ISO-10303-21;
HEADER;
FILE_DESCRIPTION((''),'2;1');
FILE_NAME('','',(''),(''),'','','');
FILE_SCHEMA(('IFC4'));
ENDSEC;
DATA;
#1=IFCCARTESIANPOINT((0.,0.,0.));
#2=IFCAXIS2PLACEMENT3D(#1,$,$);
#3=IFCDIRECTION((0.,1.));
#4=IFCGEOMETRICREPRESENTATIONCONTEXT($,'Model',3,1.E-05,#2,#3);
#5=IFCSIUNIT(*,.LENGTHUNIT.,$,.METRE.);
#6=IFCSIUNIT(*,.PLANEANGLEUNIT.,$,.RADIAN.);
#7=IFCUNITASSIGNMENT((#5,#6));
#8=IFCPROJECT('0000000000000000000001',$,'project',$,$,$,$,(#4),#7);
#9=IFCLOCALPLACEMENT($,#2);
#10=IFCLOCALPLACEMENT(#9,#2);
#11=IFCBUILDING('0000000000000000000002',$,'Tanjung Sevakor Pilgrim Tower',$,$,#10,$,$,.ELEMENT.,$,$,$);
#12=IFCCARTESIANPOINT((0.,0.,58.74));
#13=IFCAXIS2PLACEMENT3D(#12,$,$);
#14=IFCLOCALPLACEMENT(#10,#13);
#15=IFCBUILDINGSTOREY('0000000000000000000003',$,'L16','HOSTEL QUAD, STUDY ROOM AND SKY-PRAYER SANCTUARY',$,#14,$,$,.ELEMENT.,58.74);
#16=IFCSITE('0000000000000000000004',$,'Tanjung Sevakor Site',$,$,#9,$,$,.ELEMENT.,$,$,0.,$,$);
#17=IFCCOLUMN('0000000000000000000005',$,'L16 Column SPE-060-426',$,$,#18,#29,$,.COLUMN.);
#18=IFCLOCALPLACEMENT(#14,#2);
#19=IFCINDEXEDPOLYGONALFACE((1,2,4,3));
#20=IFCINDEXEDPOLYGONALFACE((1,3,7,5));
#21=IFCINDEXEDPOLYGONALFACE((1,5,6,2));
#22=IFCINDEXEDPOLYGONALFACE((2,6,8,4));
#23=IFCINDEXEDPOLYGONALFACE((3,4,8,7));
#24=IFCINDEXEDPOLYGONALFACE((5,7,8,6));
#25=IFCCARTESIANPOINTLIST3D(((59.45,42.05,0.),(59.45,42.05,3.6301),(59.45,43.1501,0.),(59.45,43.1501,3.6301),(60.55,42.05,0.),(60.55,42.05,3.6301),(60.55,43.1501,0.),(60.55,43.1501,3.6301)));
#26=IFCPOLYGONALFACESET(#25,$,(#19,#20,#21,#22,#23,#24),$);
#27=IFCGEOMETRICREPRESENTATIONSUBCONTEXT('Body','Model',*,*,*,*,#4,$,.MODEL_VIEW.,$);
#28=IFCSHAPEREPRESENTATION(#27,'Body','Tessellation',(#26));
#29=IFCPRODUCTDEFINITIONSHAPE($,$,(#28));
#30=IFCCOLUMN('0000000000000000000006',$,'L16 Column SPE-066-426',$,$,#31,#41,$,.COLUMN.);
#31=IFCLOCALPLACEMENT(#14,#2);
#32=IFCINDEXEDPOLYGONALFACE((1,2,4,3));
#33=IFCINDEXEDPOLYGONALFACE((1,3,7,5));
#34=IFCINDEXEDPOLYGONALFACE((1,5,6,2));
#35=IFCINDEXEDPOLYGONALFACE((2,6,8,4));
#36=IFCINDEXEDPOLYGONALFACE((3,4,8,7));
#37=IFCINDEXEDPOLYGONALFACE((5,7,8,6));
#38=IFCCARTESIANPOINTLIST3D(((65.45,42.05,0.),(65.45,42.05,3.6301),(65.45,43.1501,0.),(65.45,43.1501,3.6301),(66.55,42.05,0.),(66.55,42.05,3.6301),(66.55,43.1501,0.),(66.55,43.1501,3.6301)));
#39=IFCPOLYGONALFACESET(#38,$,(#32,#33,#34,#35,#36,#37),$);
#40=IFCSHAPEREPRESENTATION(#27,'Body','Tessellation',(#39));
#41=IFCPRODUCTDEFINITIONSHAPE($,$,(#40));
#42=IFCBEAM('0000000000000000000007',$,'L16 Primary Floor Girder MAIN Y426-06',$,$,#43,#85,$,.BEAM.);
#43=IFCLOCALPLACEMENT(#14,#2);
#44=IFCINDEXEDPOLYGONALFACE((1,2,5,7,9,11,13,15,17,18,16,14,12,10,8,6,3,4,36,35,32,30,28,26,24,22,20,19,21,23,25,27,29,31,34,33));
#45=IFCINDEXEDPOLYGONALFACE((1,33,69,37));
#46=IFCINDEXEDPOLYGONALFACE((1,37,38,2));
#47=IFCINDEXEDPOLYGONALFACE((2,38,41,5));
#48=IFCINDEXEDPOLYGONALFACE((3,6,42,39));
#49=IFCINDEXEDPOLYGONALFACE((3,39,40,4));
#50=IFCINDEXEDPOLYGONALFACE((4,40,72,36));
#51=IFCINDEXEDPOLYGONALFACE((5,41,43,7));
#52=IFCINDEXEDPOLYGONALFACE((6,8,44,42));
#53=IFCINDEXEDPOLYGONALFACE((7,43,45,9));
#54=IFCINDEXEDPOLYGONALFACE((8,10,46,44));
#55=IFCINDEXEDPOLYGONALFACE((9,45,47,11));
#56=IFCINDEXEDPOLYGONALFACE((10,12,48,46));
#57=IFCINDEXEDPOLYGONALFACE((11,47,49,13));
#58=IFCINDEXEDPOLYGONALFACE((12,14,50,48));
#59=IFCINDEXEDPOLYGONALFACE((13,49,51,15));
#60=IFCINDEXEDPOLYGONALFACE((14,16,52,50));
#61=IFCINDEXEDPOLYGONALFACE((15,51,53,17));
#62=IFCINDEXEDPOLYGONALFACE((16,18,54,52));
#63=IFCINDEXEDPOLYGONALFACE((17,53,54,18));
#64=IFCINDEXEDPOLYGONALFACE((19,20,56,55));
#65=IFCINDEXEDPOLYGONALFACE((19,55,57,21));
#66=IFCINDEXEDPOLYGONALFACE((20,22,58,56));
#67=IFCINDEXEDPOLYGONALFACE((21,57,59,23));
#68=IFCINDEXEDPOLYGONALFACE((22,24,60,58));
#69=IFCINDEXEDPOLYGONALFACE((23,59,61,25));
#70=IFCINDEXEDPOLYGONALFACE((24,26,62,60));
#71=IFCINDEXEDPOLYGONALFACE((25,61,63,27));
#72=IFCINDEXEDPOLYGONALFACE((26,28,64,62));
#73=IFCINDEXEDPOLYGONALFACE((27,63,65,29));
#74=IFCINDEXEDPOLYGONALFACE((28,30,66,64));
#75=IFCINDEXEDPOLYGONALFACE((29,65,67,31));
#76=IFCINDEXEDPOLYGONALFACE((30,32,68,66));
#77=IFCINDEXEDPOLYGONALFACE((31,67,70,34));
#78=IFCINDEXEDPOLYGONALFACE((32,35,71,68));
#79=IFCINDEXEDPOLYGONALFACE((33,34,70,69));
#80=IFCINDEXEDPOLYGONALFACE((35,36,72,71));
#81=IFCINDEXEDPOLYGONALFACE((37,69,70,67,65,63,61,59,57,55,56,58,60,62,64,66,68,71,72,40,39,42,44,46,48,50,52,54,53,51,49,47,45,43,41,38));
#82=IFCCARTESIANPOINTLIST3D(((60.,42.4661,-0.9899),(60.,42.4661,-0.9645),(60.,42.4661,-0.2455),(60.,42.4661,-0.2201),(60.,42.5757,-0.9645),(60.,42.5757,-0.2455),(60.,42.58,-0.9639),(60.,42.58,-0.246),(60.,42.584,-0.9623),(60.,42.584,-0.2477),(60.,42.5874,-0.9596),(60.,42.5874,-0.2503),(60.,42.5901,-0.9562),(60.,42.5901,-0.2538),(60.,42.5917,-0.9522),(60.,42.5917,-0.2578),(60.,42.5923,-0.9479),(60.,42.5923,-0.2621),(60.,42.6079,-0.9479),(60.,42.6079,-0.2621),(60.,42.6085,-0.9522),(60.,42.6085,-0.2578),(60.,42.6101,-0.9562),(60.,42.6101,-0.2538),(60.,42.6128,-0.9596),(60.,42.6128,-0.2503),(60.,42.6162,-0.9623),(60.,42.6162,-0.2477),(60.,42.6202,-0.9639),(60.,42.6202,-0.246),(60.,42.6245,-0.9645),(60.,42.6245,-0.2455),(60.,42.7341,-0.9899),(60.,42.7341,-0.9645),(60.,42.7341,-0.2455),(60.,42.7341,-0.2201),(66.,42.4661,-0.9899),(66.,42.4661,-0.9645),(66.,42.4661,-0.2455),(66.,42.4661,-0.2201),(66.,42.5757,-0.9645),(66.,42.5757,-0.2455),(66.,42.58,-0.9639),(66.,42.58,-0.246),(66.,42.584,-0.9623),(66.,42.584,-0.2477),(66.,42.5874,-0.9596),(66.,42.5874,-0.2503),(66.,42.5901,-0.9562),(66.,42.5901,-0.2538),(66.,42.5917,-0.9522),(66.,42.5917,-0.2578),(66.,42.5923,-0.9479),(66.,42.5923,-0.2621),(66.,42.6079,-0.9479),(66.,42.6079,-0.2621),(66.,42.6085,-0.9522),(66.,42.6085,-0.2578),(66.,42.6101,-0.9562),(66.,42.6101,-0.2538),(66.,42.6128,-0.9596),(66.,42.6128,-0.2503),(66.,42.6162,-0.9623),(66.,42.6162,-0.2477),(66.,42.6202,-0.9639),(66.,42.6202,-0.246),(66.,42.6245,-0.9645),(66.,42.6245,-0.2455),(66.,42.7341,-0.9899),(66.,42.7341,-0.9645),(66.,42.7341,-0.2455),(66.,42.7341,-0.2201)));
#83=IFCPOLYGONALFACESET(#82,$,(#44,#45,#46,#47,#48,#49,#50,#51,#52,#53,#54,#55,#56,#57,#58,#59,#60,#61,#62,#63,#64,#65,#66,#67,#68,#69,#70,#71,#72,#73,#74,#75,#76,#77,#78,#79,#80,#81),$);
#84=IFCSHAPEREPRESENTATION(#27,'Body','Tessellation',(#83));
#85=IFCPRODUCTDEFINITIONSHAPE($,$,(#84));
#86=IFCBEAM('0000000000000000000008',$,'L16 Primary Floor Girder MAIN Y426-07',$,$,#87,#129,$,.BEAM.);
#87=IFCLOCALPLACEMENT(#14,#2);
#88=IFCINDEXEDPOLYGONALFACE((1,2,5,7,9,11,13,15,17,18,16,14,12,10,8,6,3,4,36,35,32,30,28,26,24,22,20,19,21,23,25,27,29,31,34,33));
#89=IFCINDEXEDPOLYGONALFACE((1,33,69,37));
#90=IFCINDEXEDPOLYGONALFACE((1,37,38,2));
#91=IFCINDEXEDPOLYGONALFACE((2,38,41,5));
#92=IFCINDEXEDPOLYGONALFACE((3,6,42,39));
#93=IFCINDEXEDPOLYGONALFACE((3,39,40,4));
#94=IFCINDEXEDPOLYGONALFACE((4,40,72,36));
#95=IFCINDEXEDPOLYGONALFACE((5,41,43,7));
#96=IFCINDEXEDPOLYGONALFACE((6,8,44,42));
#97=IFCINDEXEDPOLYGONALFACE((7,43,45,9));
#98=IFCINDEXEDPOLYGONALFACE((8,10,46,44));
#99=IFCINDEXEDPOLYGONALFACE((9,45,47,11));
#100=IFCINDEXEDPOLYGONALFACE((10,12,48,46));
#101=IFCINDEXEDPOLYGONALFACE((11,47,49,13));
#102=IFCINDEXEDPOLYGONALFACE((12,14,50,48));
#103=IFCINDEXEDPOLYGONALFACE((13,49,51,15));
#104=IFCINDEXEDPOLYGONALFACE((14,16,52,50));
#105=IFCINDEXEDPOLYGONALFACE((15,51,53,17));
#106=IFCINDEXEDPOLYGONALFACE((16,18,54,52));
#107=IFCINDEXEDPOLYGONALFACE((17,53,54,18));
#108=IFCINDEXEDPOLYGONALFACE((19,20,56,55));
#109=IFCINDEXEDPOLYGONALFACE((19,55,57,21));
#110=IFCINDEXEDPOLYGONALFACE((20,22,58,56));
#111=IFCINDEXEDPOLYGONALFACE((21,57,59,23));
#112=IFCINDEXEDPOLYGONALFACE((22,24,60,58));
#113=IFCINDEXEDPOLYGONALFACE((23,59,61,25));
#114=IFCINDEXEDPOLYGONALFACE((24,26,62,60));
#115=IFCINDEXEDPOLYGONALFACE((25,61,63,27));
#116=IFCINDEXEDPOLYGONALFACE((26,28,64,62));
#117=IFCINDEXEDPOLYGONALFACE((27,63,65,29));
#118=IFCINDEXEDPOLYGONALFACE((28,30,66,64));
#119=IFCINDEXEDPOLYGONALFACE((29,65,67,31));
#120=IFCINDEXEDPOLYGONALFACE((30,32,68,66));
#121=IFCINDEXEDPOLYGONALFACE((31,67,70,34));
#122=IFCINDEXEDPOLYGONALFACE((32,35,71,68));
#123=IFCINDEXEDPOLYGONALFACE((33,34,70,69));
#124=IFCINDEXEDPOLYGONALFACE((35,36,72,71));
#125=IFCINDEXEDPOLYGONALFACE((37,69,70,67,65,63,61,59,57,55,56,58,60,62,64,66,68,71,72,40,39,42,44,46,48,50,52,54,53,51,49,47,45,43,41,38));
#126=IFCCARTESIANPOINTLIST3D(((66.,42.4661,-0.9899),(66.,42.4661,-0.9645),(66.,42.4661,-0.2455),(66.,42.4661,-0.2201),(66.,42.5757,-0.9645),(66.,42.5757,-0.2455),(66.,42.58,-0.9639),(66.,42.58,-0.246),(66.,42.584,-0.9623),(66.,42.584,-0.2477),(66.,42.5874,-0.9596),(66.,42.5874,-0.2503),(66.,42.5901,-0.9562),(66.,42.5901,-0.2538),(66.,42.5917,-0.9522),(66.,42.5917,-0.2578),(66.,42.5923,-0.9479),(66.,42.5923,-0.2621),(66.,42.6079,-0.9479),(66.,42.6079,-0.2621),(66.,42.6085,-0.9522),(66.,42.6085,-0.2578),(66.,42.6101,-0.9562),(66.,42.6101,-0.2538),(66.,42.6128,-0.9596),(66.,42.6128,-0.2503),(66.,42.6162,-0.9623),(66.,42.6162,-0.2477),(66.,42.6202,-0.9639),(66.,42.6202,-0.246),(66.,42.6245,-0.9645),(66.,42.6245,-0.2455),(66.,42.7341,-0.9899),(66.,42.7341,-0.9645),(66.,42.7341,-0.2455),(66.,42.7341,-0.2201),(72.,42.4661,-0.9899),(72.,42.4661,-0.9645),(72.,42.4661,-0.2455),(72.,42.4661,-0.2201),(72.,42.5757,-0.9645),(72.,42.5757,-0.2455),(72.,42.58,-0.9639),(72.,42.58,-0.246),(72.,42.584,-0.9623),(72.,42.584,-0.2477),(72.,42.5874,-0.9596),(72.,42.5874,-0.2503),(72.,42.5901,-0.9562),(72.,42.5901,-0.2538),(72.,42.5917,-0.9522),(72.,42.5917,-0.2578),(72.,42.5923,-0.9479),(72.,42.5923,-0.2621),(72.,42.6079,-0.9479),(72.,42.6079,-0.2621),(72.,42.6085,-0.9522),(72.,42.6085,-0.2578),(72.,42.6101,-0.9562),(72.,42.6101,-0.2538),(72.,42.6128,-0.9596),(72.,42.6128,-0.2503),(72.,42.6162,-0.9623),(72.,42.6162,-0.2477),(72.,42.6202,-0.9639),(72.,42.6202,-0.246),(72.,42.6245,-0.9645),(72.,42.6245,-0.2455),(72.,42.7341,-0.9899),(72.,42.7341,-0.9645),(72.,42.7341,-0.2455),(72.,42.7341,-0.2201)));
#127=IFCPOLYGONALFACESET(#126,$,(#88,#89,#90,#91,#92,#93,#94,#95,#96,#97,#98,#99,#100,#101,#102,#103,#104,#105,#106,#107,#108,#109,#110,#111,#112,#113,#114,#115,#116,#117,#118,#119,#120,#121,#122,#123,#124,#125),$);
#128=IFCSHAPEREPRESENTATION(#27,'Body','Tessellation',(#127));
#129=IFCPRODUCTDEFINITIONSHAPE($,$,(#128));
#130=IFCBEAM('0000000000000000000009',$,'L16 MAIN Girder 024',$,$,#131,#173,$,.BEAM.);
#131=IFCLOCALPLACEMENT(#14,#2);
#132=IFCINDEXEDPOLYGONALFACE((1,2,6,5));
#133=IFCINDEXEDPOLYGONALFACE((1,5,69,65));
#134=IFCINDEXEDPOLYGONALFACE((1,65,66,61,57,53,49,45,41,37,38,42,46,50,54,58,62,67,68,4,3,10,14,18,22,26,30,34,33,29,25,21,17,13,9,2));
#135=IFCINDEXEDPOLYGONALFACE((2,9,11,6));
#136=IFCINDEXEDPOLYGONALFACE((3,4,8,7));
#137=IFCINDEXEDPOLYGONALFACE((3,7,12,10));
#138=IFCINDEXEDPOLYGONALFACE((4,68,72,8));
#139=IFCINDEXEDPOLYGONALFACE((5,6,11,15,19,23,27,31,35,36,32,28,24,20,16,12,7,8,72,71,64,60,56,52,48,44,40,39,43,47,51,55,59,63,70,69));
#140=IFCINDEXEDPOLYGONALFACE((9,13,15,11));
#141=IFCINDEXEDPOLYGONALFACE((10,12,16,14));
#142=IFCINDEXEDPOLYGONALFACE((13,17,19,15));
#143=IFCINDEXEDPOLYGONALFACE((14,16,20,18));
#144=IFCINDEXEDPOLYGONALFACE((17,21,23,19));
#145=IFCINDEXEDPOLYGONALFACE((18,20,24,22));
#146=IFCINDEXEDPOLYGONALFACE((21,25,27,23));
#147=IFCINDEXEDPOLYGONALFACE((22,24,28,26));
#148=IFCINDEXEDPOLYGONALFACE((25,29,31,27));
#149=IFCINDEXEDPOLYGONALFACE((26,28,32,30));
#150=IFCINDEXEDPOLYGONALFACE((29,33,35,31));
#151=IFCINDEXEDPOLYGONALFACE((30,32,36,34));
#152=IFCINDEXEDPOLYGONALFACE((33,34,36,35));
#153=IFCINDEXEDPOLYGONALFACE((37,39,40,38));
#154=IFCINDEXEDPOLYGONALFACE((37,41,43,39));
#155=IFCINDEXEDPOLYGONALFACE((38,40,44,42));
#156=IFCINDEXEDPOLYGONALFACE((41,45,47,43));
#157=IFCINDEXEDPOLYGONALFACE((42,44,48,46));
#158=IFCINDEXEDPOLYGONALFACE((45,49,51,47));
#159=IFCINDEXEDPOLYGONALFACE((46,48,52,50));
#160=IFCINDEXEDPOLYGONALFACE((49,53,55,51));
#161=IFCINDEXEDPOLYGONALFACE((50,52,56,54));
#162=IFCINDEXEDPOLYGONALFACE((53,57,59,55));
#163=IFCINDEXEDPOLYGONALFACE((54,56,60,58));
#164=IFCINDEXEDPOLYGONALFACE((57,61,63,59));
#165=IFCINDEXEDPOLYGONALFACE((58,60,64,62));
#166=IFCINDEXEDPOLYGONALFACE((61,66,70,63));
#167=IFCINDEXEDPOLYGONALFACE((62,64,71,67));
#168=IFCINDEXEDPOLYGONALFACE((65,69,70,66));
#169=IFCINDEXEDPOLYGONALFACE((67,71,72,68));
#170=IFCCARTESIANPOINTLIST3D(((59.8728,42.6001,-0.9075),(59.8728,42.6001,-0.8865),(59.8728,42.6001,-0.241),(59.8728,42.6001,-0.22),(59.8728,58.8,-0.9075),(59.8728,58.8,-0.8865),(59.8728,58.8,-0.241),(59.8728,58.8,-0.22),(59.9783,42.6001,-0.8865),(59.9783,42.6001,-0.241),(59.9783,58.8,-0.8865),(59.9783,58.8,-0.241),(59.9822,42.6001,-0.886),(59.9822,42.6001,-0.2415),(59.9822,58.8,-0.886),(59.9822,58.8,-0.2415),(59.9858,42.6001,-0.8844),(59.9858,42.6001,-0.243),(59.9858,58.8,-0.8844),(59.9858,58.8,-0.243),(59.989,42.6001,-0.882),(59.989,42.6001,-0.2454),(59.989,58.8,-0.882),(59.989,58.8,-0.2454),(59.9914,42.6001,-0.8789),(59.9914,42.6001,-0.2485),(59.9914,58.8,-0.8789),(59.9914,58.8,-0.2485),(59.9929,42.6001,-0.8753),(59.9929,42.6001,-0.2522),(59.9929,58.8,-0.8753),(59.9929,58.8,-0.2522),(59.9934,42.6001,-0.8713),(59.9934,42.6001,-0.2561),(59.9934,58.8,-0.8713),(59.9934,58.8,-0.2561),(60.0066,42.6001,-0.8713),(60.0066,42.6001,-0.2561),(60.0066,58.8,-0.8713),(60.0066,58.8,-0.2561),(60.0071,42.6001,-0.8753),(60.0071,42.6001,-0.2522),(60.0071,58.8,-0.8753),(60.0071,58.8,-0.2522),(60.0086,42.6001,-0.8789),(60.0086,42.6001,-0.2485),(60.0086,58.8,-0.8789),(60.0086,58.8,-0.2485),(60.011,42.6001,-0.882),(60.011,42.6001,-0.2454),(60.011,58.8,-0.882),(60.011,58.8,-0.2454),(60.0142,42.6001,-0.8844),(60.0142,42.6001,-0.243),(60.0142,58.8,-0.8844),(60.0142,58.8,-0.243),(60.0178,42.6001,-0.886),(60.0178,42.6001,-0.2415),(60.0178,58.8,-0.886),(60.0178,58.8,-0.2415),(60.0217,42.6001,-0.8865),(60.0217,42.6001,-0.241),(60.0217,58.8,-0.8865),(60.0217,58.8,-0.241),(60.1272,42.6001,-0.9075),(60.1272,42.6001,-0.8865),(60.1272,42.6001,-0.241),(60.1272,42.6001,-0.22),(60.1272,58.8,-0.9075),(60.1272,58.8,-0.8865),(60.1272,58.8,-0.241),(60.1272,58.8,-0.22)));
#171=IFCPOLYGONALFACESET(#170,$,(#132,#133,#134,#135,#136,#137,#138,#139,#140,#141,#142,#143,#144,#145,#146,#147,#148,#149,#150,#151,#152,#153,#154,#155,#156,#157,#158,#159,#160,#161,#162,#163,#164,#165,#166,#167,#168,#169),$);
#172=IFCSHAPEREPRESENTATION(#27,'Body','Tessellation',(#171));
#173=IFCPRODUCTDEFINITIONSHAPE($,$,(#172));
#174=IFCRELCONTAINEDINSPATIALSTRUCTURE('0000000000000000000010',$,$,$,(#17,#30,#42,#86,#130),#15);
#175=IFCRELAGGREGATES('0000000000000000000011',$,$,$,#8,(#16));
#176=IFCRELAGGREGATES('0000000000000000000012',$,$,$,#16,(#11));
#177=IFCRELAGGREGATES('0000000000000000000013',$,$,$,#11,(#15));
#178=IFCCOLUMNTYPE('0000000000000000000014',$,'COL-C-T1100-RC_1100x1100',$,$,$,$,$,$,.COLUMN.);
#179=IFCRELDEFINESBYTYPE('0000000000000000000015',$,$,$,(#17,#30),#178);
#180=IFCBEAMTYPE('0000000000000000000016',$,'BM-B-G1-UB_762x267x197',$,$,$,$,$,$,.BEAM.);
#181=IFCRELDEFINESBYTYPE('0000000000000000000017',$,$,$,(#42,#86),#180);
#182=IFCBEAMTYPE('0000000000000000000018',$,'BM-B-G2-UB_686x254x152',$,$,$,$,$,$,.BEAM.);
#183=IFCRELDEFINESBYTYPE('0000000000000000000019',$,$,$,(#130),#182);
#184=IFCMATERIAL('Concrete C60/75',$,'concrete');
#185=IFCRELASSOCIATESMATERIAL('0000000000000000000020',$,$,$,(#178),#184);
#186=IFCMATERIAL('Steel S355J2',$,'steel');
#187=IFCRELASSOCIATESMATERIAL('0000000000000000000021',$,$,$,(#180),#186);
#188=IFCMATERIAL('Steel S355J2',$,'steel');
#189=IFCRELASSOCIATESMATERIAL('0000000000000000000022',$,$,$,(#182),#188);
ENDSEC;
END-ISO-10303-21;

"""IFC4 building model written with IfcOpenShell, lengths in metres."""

from ifc_helpers import new_model, si_unit, direction, frame, origin, origin_2d, place, context, subcontext, project, spatial, rectangle, i_section, extrude, material, material_profile, profile_set, type_object, element, save


model = new_model("IFC4")

# Units and contexts
model_context = context("Model", 3, precision=1e-05, world=origin(), true_north=direction((0.0, 1.0)))
body_context = subcontext(model_context, "Body", "Model", "MODEL_VIEW")
ifc_project = project(units=[si_unit("LENGTHUNIT", "METRE"), si_unit("PLANEANGLEUNIT", "RADIAN")], contexts=[model_context])

# Site, building, storey
site_placement = place(None, origin())
site = spatial("IfcSite", under=ifc_project, at=site_placement, Name="Tanjung Sevakor Site", CompositionType="ELEMENT", RefElevation=0.0)
building_placement = place(site_placement, origin())
building = spatial("IfcBuilding", under=site, at=building_placement, Name="Tanjung Sevakor Pilgrim Tower", CompositionType="ELEMENT")
storey_placement = place(building_placement, frame((0.0, 0.0, 58.74)))
storey = spatial("IfcBuildingStorey", under=building, at=storey_placement, Name="L16", Description="HOSTEL QUAD, STUDY ROOM AND SKY-PRAYER SANCTUARY", CompositionType="ELEMENT", Elevation=58.74)

# Columns
ifc_material_1 = material(Name="Concrete C60/75", Category="concrete")
ifc_material_profile_1 = material_profile(ifc_material_1, rectangle(XDim=1.1001, YDim=1.1001, at=origin_2d()))
ifc_profile_set_1 = profile_set([ifc_material_profile_1], Name="Concrete C60/75")
column_type = type_object("IfcColumnType", Name="COL-C-T1100-RC_1100x1100", PredefinedType="COLUMN", material=ifc_profile_set_1)
for number, where, z_axis, x_axis, name in (
    (1, (60.0, 42.6001, 0.0), (0.0, 0.0, 1.0), (1.0, 0.0, 0.0), "L16 Column SPE-060-426"),
    (2, (66.0, 42.6001, 0.0), (0.0, 0.0, 1.0), (1.0, 0.0, 0.0), "L16 Column SPE-066-426"),
):
    element("IfcColumn", number, at=place(storey_placement, frame(where, z_axis=z_axis, x_axis=x_axis)), inside=storey, type_object=column_type, Name=name, PredefinedType="COLUMN", context=body_context, shape_type="SweptSolid", body=[
        extrude(rectangle(XDim=1.1001, YDim=1.1001, at=origin_2d()), origin(), (0.0, 0.0, 1.0), 3.6301),
    ])

# Beams
ifc_material_2 = material(Name="Steel S355J2", Category="steel")
ifc_material_profile_2 = material_profile(ifc_material_2, i_section(OverallWidth=0.2681, OverallDepth=0.7698, WebThickness=0.0156, FlangeThickness=0.0254, FilletRadius=0.0166, at=origin_2d()))
ifc_profile_set_2 = profile_set([ifc_material_profile_2], Name="Steel S355J2")
beam_type_1 = type_object("IfcBeamType", Name="BM-B-G1-UB_762x267x197", PredefinedType="BEAM", material=ifc_profile_set_2)
for number, where, z_axis, x_axis, name in (
    (3, (60.0, 42.6001, -0.605), (1.0, 0.0, 0.0), (0.0, 1.0, 0.0), "L16 Primary Floor Girder MAIN Y426-06"),
    (4, (66.0, 42.6001, -0.605), (1.0, 0.0, 0.0), (0.0, 1.0, 0.0), "L16 Primary Floor Girder MAIN Y426-07"),
):
    element("IfcBeam", number, at=place(storey_placement, frame(where, z_axis=z_axis, x_axis=x_axis)), inside=storey, type_object=beam_type_1, Name=name, PredefinedType="BEAM", context=body_context, shape_type="SweptSolid", body=[
        extrude(i_section(OverallWidth=0.2681, OverallDepth=0.7698, WebThickness=0.0156, FlangeThickness=0.0254, FilletRadius=0.0166, at=origin_2d()), origin(), (0.0, 0.0, 1.0), 6.0),
    ])
ifc_material_3 = material(Name="Steel S355J2", Category="steel")
ifc_material_profile_3 = material_profile(ifc_material_3, i_section(OverallWidth=0.2544, OverallDepth=0.6875, WebThickness=0.0132, FlangeThickness=0.021, FilletRadius=0.0151, at=origin_2d()))
ifc_profile_set_3 = profile_set([ifc_material_profile_3], Name="Steel S355J2")
beam_type_2 = type_object("IfcBeamType", Name="BM-B-G2-UB_686x254x152", PredefinedType="BEAM", material=ifc_profile_set_3)
for number, where, z_axis, x_axis, name in (
    (5, (60.0, 42.6001, -0.5637), (0.0, 1.0, 0.0), (-1.0, 0.0, 0.0), "L16 MAIN Girder 024"),
):
    element("IfcBeam", number, at=place(storey_placement, frame(where, z_axis=z_axis, x_axis=x_axis)), inside=storey, type_object=beam_type_2, Name=name, PredefinedType="BEAM", context=body_context, shape_type="SweptSolid", body=[
        extrude(i_section(OverallWidth=0.2544, OverallDepth=0.6875, WebThickness=0.0132, FlangeThickness=0.021, FilletRadius=0.0151, at=origin_2d()), origin(), (0.0, 0.0, 1.0), 16.2),
    ])

save(model, "model.ifc")
